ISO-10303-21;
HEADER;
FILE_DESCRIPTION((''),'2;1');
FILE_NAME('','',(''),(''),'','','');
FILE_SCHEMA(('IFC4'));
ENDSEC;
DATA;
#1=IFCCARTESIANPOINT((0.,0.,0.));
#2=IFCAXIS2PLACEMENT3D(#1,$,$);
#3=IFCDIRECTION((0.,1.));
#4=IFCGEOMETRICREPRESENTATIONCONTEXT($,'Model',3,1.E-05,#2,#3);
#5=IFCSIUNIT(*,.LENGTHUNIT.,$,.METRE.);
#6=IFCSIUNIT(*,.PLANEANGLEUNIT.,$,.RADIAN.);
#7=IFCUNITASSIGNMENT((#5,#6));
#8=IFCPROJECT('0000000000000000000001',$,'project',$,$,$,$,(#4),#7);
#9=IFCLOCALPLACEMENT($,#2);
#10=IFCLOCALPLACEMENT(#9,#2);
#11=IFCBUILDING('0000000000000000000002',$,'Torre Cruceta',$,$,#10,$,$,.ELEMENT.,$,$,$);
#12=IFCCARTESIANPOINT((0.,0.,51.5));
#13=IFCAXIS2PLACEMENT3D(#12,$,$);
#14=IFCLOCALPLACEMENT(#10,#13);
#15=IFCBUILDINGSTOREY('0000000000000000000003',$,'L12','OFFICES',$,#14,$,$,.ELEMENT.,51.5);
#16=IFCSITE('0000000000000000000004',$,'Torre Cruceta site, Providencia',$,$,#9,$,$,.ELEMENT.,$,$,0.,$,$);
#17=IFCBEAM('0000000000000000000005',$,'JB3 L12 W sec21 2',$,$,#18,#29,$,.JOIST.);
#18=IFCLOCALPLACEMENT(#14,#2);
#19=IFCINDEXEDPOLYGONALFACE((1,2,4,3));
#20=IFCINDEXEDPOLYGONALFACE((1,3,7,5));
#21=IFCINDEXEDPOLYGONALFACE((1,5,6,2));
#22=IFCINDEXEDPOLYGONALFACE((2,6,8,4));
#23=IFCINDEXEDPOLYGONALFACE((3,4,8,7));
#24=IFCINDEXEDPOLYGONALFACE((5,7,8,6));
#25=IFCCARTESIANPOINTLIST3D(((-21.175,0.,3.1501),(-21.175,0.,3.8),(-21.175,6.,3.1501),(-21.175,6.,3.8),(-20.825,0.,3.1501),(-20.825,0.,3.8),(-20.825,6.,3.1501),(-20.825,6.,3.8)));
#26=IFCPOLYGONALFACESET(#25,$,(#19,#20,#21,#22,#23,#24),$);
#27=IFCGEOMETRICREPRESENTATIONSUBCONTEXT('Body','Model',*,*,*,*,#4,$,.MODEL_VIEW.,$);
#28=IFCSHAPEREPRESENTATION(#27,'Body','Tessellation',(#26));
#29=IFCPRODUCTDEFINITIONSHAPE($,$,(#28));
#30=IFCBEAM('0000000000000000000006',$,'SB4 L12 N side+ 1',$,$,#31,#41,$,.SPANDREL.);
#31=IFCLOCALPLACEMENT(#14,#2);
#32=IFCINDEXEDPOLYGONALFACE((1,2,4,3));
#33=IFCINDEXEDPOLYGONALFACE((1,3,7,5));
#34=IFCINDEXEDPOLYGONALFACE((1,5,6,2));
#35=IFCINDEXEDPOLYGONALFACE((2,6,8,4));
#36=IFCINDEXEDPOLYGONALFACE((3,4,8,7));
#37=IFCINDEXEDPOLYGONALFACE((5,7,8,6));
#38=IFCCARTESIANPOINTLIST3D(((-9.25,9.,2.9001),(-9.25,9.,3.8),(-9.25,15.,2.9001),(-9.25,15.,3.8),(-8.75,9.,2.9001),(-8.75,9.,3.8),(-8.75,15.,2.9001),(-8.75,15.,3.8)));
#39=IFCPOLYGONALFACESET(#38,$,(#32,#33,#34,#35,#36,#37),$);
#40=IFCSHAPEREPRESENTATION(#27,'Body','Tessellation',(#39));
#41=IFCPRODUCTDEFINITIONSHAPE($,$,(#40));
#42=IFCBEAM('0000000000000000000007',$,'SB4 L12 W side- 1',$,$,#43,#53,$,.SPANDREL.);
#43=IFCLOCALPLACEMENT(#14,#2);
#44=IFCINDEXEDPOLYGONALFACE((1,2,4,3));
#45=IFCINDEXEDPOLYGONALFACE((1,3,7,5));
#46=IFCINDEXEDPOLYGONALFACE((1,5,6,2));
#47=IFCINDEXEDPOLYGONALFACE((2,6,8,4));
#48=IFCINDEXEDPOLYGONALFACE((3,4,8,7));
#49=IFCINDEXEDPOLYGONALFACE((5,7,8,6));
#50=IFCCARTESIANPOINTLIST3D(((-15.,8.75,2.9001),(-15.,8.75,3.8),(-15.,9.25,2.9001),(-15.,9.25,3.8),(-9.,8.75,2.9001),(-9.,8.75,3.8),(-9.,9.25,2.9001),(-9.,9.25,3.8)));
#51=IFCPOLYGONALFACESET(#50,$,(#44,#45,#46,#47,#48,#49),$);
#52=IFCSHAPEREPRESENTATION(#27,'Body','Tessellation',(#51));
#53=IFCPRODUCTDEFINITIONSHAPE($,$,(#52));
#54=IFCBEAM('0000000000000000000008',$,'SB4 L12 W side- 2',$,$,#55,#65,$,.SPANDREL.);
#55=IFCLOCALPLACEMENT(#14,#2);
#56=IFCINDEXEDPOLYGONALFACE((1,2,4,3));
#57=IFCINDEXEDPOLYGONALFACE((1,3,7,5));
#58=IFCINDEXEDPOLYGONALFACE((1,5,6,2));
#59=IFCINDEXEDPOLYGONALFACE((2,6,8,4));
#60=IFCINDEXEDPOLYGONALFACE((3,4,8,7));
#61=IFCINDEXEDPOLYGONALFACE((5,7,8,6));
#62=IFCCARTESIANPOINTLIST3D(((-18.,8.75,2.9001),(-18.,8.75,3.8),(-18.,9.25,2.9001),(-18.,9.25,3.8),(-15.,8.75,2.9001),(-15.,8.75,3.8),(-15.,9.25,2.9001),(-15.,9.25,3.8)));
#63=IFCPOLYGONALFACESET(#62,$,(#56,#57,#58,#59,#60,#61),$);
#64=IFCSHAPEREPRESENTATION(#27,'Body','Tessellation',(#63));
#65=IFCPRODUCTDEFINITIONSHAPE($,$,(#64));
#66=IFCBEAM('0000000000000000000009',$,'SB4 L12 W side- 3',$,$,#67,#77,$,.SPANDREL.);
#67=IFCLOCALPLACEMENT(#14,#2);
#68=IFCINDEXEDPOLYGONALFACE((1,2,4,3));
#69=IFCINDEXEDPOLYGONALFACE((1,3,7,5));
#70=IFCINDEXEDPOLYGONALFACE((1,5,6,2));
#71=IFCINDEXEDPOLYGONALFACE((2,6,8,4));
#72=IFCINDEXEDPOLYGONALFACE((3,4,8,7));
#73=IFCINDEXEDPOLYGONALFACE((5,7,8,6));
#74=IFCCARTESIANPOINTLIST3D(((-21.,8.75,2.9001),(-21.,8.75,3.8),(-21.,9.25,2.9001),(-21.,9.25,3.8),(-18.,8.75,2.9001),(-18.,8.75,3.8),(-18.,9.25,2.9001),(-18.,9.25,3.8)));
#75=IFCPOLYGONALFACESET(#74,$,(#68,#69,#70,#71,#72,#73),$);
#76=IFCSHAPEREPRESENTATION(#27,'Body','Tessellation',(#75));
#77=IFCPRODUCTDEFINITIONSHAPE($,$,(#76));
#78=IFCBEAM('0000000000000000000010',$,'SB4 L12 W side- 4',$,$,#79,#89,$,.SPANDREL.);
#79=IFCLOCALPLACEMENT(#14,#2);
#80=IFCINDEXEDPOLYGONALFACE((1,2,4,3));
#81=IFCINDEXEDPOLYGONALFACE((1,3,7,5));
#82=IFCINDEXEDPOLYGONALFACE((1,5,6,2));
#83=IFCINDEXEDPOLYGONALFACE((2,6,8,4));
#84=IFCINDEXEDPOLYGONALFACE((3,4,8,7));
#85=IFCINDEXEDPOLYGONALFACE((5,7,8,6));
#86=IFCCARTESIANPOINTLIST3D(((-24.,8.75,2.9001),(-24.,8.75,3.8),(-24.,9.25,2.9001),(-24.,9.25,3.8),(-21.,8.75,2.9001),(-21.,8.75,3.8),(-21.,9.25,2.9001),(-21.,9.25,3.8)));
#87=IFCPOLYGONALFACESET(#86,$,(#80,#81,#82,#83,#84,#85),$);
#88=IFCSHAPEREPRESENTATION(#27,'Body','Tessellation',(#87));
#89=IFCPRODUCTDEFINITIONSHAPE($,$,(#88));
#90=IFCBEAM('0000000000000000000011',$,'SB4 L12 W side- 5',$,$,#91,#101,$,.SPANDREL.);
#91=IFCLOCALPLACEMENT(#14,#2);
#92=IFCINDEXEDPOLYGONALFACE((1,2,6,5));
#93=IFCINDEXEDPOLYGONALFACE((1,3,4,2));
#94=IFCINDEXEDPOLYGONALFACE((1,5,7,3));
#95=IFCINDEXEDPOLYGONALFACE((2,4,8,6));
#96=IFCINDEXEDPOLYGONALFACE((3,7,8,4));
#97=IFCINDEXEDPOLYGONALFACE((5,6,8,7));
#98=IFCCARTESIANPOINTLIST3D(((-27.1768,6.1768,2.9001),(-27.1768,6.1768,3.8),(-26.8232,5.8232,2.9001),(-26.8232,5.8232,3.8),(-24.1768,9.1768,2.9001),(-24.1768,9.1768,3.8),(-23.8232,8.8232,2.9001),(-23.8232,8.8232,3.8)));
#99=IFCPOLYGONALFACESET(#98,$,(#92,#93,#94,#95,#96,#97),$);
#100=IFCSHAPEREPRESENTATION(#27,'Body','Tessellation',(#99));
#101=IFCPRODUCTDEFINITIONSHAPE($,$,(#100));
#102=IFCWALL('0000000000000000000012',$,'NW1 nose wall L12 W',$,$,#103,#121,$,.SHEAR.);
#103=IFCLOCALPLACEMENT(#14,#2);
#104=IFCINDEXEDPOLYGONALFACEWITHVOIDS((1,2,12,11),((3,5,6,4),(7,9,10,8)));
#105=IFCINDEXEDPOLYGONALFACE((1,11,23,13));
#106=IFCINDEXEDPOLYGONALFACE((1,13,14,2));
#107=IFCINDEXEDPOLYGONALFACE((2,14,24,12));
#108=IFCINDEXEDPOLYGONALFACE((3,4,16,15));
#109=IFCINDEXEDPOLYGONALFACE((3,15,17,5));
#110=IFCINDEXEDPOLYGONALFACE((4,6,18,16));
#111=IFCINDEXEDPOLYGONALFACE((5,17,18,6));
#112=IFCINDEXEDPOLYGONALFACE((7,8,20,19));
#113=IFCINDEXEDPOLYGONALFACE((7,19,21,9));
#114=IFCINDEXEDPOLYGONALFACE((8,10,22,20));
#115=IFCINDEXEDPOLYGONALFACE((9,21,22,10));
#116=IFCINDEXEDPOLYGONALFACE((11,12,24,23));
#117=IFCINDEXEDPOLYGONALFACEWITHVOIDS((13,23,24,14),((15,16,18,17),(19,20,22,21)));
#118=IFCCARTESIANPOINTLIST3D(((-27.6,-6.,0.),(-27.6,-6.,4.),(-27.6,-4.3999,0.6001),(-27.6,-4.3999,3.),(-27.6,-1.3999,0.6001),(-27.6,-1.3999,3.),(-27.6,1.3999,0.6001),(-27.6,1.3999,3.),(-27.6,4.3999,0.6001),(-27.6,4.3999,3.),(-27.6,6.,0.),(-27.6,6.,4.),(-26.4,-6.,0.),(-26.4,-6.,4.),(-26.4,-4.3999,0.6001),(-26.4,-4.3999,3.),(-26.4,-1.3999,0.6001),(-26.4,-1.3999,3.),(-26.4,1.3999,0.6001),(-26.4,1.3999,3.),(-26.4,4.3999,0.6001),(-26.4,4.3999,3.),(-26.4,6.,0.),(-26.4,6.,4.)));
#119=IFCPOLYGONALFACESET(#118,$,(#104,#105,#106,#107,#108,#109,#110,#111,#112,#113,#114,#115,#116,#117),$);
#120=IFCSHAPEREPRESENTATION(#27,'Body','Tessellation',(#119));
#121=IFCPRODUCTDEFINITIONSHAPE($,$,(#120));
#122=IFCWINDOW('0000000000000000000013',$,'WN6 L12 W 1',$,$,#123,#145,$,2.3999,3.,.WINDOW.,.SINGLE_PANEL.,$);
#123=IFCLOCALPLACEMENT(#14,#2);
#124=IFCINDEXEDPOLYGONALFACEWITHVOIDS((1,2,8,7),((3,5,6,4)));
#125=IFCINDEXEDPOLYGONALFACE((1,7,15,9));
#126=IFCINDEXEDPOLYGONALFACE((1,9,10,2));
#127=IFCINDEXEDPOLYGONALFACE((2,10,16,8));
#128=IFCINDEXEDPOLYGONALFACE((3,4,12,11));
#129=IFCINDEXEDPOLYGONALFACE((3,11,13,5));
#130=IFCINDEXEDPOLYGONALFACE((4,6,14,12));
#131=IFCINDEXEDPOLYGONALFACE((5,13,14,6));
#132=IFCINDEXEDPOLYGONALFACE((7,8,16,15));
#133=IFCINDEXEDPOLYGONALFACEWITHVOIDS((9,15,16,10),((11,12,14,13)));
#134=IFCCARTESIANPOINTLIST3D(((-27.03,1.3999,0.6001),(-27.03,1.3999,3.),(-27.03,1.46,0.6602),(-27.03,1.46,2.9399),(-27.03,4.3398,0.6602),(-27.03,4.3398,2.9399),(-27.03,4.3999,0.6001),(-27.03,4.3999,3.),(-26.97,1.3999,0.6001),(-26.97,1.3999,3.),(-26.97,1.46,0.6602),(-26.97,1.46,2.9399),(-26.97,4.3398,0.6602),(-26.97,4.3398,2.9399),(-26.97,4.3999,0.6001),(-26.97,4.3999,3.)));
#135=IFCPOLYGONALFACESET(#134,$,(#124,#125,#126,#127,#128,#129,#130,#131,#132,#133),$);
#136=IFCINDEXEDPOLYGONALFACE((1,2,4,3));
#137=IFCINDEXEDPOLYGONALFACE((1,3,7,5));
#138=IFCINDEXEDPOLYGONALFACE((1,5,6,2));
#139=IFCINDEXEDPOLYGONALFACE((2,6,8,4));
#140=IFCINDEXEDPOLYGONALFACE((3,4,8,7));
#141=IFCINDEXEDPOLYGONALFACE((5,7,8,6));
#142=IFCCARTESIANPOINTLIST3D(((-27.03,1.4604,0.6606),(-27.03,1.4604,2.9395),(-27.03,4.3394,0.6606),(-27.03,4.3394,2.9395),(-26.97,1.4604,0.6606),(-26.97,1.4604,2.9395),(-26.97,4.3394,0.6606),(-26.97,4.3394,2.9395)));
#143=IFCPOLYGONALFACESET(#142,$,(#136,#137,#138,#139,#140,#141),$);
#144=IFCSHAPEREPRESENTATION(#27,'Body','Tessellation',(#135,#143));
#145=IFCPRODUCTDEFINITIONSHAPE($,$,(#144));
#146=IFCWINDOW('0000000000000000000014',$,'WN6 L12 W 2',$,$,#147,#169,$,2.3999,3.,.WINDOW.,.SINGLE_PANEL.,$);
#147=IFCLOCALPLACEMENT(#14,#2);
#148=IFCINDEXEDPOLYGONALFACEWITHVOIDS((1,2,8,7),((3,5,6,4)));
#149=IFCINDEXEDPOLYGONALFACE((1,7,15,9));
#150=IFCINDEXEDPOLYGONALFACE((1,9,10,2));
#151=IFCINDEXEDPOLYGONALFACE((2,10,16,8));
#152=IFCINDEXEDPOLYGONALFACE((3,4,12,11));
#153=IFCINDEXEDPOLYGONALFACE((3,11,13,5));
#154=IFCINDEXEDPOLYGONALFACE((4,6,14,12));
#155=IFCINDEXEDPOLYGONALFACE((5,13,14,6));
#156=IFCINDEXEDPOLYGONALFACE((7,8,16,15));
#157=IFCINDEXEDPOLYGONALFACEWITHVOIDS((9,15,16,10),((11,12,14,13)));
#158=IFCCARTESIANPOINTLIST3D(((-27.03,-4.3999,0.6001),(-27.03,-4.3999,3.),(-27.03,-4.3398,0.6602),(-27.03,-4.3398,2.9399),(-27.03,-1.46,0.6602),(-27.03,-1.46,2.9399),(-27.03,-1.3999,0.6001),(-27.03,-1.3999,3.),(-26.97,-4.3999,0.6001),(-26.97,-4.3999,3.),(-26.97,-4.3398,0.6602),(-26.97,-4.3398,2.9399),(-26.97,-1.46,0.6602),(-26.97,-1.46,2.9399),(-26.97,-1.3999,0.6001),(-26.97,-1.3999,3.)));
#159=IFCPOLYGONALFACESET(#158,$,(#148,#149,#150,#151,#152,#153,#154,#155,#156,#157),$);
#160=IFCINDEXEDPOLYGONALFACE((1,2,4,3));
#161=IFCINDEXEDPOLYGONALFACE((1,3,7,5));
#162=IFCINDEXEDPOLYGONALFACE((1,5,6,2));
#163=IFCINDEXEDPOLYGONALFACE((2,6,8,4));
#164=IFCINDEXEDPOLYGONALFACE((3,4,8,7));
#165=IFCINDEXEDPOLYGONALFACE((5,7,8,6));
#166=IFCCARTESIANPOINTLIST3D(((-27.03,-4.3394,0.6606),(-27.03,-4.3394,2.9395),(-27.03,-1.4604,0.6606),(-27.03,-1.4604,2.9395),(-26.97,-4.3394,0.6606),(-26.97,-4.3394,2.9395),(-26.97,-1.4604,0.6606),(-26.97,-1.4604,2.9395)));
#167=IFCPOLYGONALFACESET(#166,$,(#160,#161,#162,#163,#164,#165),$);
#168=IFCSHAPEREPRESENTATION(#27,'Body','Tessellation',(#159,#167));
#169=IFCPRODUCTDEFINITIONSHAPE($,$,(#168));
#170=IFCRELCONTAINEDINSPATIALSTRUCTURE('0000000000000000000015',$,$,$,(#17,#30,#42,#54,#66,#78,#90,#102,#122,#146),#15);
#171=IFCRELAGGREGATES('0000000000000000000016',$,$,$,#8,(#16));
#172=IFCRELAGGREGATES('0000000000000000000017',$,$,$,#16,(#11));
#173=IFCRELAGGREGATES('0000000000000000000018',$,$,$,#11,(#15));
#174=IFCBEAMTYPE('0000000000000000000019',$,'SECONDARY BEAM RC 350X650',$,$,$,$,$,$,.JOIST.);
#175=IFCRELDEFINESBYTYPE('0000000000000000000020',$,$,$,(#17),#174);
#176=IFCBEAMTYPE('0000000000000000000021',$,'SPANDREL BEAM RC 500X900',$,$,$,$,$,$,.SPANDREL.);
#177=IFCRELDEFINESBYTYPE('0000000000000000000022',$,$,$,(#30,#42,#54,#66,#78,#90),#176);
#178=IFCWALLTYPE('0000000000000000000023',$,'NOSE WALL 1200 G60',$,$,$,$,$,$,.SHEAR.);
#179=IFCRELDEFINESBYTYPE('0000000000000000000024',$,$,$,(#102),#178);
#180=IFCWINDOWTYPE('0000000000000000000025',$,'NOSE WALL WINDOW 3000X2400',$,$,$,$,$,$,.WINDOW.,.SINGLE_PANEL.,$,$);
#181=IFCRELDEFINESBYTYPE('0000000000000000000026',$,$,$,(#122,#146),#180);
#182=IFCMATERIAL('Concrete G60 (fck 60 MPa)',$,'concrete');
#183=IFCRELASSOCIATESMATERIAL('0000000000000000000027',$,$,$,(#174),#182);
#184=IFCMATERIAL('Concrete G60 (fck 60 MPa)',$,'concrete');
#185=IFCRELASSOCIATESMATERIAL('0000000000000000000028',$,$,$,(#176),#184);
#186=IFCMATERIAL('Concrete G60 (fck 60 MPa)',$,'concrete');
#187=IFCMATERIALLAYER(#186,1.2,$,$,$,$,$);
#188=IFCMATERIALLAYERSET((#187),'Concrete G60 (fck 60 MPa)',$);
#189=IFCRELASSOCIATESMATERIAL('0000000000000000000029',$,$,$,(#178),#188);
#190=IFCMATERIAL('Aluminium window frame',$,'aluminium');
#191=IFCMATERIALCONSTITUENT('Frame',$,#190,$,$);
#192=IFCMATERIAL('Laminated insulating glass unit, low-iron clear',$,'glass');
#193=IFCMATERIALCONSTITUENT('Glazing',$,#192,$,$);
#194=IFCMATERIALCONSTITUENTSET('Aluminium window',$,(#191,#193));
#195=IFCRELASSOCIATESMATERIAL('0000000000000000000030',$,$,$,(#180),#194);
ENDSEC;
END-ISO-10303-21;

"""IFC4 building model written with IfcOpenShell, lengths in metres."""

from ifc_helpers import new_model, si_unit, direction, frame, frame_2d, origin, origin_2d, place, context, subcontext, project, spatial, rectangle, hollow_rectangle, extrude, material, layer, layer_set, constituent, constituent_set, material_profile, profile_set, type_object, element, fill, save


model = new_model("IFC4")

# Units and contexts
model_context = context("Model", 3, precision=1e-05, world=origin(), true_north=direction((0.0, 1.0)))
body_context = subcontext(model_context, "Body", "Model", "MODEL_VIEW")
ifc_project = project(units=[si_unit("LENGTHUNIT", "METRE"), si_unit("PLANEANGLEUNIT", "RADIAN")], contexts=[model_context])

# Site, building, storey
site_placement = place(None, origin())
site = spatial("IfcSite", under=ifc_project, at=site_placement, Name="Torre Cruceta site, Providencia", CompositionType="ELEMENT", RefElevation=0.0)
building_placement = place(site_placement, origin())
building = spatial("IfcBuilding", under=site, at=building_placement, Name="Torre Cruceta", CompositionType="ELEMENT")
storey_placement = place(building_placement, frame((0.0, 0.0, 51.5)))
storey = spatial("IfcBuildingStorey", under=building, at=storey_placement, Name="L12", Description="OFFICES", CompositionType="ELEMENT", Elevation=51.5)

# Beams
ifc_material_1 = material(Name="Concrete G60 (fck 60 MPa)", Category="concrete")
ifc_material_profile_1 = material_profile(ifc_material_1, rectangle(XDim=0.3501, YDim=0.6499, at=origin_2d()), Name="RC 350X650")
ifc_profile_set_1 = profile_set([ifc_material_profile_1], Name="Concrete G60 (fck 60 MPa)")
beam_type_1 = type_object("IfcBeamType", Name="SECONDARY BEAM RC 350X650", PredefinedType="JOIST", material=ifc_profile_set_1)
beam_1_placement = place(storey_placement, frame((-21.0, 6.0, 3.4751), z_axis=(0.0, -1.0, 0.0), x_axis=(1.0, 0.0, 0.0)))
element("IfcBeam", 1, at=beam_1_placement, inside=storey, type_object=beam_type_1, Name="JB3 L12 W sec21 2", PredefinedType="JOIST", context=body_context, shape_type="SweptSolid", body=[
    extrude(rectangle(XDim=0.3501, YDim=0.6499, at=origin_2d()), origin(), (0.0, 0.0, 1.0), 6.0),
])
ifc_material_2 = material(Name="Concrete G60 (fck 60 MPa)", Category="concrete")
ifc_material_profile_2 = material_profile(ifc_material_2, rectangle(XDim=0.5, YDim=0.8999, at=origin_2d()), Name="RC 500X900")
ifc_profile_set_2 = profile_set([ifc_material_profile_2], Name="Concrete G60 (fck 60 MPa)")
beam_type_2 = type_object("IfcBeamType", Name="SPANDREL BEAM RC 500X900", PredefinedType="SPANDREL", material=ifc_profile_set_2)
for number, where, z_axis, x_axis, name in (
    (2, (-9.0, 9.0, 3.3501), (0.0, 1.0, 0.0), (-1.0, 0.0, 0.0), "SB4 L12 N side+ 1"),
    (3, (-9.0, 9.0, 3.3501), (-1.0, 0.0, 0.0), (0.0, -1.0, 0.0), "SB4 L12 W side- 1"),
):
    element("IfcBeam", number, at=place(storey_placement, frame(where, z_axis=z_axis, x_axis=x_axis)), inside=storey, type_object=beam_type_2, Name=name, PredefinedType="SPANDREL", context=body_context, shape_type="SweptSolid", body=[
        extrude(rectangle(XDim=0.5, YDim=0.8999, at=origin_2d()), origin(), (0.0, 0.0, 1.0), 6.0),
    ])
for number, where, z_axis, x_axis, name in (
    (4, (-15.0, 9.0, 3.3501), (-1.0, 0.0, 0.0), (0.0, -1.0, 0.0), "SB4 L12 W side- 2"),
    (5, (-18.0, 9.0, 3.3501), (-1.0, 0.0, 0.0), (0.0, -1.0, 0.0), "SB4 L12 W side- 3"),
    (6, (-21.0, 9.0, 3.3501), (-1.0, 0.0, 0.0), (0.0, -1.0, 0.0), "SB4 L12 W side- 4"),
):
    element("IfcBeam", number, at=place(storey_placement, frame(where, z_axis=z_axis, x_axis=x_axis)), inside=storey, type_object=beam_type_2, Name=name, PredefinedType="SPANDREL", context=body_context, shape_type="SweptSolid", body=[
        extrude(rectangle(XDim=0.5, YDim=0.8999, at=origin_2d()), origin(), (0.0, 0.0, 1.0), 3.0),
    ])
beam_2_placement = place(storey_placement, frame((-24.0, 9.0, 3.3501), z_axis=(-0.707107, -0.707107, 0.0), x_axis=(0.707107, -0.707107, 0.0)))
element("IfcBeam", 7, at=beam_2_placement, inside=storey, type_object=beam_type_2, Name="SB4 L12 W side- 5", PredefinedType="SPANDREL", context=body_context, shape_type="SweptSolid", body=[
    extrude(rectangle(XDim=0.5, YDim=0.8999, at=origin_2d()), origin(), (0.0, 0.0, 1.0), 4.2427),
])

# Wall, openings, windows
ifc_material_3 = material(Name="Concrete G60 (fck 60 MPa)", Category="concrete")
ifc_layer_1 = layer(ifc_material_3, 1.2)
ifc_layer_set_1 = layer_set([ifc_layer_1], Name="Concrete G60 (fck 60 MPa)")
wall_type_1 = type_object("IfcWallType", Name="NOSE WALL 1200 G60", PredefinedType="SHEAR", material=ifc_layer_set_1)
wall_1_placement = place(storey_placement, frame((-27.0, 6.0, 0.0), z_axis=(0.0, 0.0, 1.0), x_axis=(0.0, -1.0, 0.0)))
wall_1 = element("IfcWall", 8, at=wall_1_placement, inside=storey, type_object=wall_type_1, Name="NW1 nose wall L12 W", PredefinedType="SHEAR", context=body_context, shape_type="SweptSolid", body=[
    extrude(rectangle(XDim=12.0, YDim=1.2, at=frame_2d((6.0, 0.0))), origin(), (0.0, 0.0, 1.0), 4.0),
])
opening_1_placement = place(wall_1_placement, frame((1.6001, 0.0, 0.6001)))
opening_1 = element("IfcOpeningElement", 9, at=opening_1_placement, cuts=wall_1, PredefinedType="OPENING", context=body_context, shape_type="SweptSolid", body=[
    extrude(rectangle(XDim=3.0, YDim=2.3999, at=frame_2d((1.5, 1.2))), frame((0.0, 0.6099, 0.0), z_axis=(0.0, -1.0, 0.0), x_axis=(1.0, 0.0, 0.0)), (0.0, 0.0, 1.0), 1.22),
])
opening_2_placement = place(wall_1_placement, frame((7.3999, 0.0, 0.6001)))
opening_2 = element("IfcOpeningElement", 10, at=opening_2_placement, cuts=wall_1, PredefinedType="OPENING", context=body_context, shape_type="SweptSolid", body=[
    extrude(rectangle(XDim=3.0, YDim=2.3999, at=frame_2d((1.5, 1.2))), frame((0.0, 0.6099, 0.0), z_axis=(0.0, -1.0, 0.0), x_axis=(1.0, 0.0, 0.0)), (0.0, 0.0, 1.0), 1.22),
])
ifc_material_4 = material(Name="Aluminium window frame", Category="aluminium")
ifc_constituent_1 = constituent(ifc_material_4, Name="Frame")
ifc_material_5 = material(Name="Laminated insulating glass unit, low-iron clear", Category="glass")
ifc_constituent_2 = constituent(ifc_material_5, Name="Glazing")
ifc_constituent_set_1 = constituent_set(constituents=[ifc_constituent_1, ifc_constituent_2], Name="Aluminium window")
window_type = type_object("IfcWindowType", Name="NOSE WALL WINDOW 3000X2400", PartitioningType="SINGLE_PANEL", PredefinedType="WINDOW", material=ifc_constituent_set_1)
window_1_placement = place(opening_1_placement, origin())
window_1 = element("IfcWindow", 11, at=window_1_placement, inside=storey, type_object=window_type, Name="WN6 L12 W 1", OverallHeight=2.3999, OverallWidth=3.0, PartitioningType="SINGLE_PANEL", PredefinedType="WINDOW", context=body_context, shape_type="SweptSolid", body=[
    extrude(hollow_rectangle(XDim=3.0, YDim=2.3999, WallThickness=0.0601, at=frame_2d((1.5, 1.2))), frame((0.0, 0.03, 0.0), z_axis=(0.0, -1.0, 0.0), x_axis=(1.0, 0.0, 0.0)), (0.0, 0.0, 1.0), 0.0601),
    extrude(rectangle(XDim=2.8789, YDim=2.2788, at=frame_2d((1.5, 1.2))), frame((0.0, 0.03, 0.0), z_axis=(0.0, -1.0, 0.0), x_axis=(1.0, 0.0, 0.0)), (0.0, 0.0, 1.0), 0.0601),
])
fill(opening_1, window_1)
window_2_placement = place(opening_2_placement, origin())
window_2 = element("IfcWindow", 12, at=window_2_placement, inside=storey, type_object=window_type, Name="WN6 L12 W 2", OverallHeight=2.3999, OverallWidth=3.0, PartitioningType="SINGLE_PANEL", PredefinedType="WINDOW", context=body_context, shape_type="SweptSolid", body=[
    extrude(hollow_rectangle(XDim=3.0, YDim=2.3999, WallThickness=0.0601, at=frame_2d((1.5, 1.2))), frame((0.0, 0.03, 0.0), z_axis=(0.0, -1.0, 0.0), x_axis=(1.0, 0.0, 0.0)), (0.0, 0.0, 1.0), 0.0601),
    extrude(rectangle(XDim=2.8789, YDim=2.2788, at=frame_2d((1.5, 1.2))), frame((0.0, 0.03, 0.0), z_axis=(0.0, -1.0, 0.0), x_axis=(1.0, 0.0, 0.0)), (0.0, 0.0, 1.0), 0.0601),
])
fill(opening_2, window_2)

save(model, "model.ifc")
